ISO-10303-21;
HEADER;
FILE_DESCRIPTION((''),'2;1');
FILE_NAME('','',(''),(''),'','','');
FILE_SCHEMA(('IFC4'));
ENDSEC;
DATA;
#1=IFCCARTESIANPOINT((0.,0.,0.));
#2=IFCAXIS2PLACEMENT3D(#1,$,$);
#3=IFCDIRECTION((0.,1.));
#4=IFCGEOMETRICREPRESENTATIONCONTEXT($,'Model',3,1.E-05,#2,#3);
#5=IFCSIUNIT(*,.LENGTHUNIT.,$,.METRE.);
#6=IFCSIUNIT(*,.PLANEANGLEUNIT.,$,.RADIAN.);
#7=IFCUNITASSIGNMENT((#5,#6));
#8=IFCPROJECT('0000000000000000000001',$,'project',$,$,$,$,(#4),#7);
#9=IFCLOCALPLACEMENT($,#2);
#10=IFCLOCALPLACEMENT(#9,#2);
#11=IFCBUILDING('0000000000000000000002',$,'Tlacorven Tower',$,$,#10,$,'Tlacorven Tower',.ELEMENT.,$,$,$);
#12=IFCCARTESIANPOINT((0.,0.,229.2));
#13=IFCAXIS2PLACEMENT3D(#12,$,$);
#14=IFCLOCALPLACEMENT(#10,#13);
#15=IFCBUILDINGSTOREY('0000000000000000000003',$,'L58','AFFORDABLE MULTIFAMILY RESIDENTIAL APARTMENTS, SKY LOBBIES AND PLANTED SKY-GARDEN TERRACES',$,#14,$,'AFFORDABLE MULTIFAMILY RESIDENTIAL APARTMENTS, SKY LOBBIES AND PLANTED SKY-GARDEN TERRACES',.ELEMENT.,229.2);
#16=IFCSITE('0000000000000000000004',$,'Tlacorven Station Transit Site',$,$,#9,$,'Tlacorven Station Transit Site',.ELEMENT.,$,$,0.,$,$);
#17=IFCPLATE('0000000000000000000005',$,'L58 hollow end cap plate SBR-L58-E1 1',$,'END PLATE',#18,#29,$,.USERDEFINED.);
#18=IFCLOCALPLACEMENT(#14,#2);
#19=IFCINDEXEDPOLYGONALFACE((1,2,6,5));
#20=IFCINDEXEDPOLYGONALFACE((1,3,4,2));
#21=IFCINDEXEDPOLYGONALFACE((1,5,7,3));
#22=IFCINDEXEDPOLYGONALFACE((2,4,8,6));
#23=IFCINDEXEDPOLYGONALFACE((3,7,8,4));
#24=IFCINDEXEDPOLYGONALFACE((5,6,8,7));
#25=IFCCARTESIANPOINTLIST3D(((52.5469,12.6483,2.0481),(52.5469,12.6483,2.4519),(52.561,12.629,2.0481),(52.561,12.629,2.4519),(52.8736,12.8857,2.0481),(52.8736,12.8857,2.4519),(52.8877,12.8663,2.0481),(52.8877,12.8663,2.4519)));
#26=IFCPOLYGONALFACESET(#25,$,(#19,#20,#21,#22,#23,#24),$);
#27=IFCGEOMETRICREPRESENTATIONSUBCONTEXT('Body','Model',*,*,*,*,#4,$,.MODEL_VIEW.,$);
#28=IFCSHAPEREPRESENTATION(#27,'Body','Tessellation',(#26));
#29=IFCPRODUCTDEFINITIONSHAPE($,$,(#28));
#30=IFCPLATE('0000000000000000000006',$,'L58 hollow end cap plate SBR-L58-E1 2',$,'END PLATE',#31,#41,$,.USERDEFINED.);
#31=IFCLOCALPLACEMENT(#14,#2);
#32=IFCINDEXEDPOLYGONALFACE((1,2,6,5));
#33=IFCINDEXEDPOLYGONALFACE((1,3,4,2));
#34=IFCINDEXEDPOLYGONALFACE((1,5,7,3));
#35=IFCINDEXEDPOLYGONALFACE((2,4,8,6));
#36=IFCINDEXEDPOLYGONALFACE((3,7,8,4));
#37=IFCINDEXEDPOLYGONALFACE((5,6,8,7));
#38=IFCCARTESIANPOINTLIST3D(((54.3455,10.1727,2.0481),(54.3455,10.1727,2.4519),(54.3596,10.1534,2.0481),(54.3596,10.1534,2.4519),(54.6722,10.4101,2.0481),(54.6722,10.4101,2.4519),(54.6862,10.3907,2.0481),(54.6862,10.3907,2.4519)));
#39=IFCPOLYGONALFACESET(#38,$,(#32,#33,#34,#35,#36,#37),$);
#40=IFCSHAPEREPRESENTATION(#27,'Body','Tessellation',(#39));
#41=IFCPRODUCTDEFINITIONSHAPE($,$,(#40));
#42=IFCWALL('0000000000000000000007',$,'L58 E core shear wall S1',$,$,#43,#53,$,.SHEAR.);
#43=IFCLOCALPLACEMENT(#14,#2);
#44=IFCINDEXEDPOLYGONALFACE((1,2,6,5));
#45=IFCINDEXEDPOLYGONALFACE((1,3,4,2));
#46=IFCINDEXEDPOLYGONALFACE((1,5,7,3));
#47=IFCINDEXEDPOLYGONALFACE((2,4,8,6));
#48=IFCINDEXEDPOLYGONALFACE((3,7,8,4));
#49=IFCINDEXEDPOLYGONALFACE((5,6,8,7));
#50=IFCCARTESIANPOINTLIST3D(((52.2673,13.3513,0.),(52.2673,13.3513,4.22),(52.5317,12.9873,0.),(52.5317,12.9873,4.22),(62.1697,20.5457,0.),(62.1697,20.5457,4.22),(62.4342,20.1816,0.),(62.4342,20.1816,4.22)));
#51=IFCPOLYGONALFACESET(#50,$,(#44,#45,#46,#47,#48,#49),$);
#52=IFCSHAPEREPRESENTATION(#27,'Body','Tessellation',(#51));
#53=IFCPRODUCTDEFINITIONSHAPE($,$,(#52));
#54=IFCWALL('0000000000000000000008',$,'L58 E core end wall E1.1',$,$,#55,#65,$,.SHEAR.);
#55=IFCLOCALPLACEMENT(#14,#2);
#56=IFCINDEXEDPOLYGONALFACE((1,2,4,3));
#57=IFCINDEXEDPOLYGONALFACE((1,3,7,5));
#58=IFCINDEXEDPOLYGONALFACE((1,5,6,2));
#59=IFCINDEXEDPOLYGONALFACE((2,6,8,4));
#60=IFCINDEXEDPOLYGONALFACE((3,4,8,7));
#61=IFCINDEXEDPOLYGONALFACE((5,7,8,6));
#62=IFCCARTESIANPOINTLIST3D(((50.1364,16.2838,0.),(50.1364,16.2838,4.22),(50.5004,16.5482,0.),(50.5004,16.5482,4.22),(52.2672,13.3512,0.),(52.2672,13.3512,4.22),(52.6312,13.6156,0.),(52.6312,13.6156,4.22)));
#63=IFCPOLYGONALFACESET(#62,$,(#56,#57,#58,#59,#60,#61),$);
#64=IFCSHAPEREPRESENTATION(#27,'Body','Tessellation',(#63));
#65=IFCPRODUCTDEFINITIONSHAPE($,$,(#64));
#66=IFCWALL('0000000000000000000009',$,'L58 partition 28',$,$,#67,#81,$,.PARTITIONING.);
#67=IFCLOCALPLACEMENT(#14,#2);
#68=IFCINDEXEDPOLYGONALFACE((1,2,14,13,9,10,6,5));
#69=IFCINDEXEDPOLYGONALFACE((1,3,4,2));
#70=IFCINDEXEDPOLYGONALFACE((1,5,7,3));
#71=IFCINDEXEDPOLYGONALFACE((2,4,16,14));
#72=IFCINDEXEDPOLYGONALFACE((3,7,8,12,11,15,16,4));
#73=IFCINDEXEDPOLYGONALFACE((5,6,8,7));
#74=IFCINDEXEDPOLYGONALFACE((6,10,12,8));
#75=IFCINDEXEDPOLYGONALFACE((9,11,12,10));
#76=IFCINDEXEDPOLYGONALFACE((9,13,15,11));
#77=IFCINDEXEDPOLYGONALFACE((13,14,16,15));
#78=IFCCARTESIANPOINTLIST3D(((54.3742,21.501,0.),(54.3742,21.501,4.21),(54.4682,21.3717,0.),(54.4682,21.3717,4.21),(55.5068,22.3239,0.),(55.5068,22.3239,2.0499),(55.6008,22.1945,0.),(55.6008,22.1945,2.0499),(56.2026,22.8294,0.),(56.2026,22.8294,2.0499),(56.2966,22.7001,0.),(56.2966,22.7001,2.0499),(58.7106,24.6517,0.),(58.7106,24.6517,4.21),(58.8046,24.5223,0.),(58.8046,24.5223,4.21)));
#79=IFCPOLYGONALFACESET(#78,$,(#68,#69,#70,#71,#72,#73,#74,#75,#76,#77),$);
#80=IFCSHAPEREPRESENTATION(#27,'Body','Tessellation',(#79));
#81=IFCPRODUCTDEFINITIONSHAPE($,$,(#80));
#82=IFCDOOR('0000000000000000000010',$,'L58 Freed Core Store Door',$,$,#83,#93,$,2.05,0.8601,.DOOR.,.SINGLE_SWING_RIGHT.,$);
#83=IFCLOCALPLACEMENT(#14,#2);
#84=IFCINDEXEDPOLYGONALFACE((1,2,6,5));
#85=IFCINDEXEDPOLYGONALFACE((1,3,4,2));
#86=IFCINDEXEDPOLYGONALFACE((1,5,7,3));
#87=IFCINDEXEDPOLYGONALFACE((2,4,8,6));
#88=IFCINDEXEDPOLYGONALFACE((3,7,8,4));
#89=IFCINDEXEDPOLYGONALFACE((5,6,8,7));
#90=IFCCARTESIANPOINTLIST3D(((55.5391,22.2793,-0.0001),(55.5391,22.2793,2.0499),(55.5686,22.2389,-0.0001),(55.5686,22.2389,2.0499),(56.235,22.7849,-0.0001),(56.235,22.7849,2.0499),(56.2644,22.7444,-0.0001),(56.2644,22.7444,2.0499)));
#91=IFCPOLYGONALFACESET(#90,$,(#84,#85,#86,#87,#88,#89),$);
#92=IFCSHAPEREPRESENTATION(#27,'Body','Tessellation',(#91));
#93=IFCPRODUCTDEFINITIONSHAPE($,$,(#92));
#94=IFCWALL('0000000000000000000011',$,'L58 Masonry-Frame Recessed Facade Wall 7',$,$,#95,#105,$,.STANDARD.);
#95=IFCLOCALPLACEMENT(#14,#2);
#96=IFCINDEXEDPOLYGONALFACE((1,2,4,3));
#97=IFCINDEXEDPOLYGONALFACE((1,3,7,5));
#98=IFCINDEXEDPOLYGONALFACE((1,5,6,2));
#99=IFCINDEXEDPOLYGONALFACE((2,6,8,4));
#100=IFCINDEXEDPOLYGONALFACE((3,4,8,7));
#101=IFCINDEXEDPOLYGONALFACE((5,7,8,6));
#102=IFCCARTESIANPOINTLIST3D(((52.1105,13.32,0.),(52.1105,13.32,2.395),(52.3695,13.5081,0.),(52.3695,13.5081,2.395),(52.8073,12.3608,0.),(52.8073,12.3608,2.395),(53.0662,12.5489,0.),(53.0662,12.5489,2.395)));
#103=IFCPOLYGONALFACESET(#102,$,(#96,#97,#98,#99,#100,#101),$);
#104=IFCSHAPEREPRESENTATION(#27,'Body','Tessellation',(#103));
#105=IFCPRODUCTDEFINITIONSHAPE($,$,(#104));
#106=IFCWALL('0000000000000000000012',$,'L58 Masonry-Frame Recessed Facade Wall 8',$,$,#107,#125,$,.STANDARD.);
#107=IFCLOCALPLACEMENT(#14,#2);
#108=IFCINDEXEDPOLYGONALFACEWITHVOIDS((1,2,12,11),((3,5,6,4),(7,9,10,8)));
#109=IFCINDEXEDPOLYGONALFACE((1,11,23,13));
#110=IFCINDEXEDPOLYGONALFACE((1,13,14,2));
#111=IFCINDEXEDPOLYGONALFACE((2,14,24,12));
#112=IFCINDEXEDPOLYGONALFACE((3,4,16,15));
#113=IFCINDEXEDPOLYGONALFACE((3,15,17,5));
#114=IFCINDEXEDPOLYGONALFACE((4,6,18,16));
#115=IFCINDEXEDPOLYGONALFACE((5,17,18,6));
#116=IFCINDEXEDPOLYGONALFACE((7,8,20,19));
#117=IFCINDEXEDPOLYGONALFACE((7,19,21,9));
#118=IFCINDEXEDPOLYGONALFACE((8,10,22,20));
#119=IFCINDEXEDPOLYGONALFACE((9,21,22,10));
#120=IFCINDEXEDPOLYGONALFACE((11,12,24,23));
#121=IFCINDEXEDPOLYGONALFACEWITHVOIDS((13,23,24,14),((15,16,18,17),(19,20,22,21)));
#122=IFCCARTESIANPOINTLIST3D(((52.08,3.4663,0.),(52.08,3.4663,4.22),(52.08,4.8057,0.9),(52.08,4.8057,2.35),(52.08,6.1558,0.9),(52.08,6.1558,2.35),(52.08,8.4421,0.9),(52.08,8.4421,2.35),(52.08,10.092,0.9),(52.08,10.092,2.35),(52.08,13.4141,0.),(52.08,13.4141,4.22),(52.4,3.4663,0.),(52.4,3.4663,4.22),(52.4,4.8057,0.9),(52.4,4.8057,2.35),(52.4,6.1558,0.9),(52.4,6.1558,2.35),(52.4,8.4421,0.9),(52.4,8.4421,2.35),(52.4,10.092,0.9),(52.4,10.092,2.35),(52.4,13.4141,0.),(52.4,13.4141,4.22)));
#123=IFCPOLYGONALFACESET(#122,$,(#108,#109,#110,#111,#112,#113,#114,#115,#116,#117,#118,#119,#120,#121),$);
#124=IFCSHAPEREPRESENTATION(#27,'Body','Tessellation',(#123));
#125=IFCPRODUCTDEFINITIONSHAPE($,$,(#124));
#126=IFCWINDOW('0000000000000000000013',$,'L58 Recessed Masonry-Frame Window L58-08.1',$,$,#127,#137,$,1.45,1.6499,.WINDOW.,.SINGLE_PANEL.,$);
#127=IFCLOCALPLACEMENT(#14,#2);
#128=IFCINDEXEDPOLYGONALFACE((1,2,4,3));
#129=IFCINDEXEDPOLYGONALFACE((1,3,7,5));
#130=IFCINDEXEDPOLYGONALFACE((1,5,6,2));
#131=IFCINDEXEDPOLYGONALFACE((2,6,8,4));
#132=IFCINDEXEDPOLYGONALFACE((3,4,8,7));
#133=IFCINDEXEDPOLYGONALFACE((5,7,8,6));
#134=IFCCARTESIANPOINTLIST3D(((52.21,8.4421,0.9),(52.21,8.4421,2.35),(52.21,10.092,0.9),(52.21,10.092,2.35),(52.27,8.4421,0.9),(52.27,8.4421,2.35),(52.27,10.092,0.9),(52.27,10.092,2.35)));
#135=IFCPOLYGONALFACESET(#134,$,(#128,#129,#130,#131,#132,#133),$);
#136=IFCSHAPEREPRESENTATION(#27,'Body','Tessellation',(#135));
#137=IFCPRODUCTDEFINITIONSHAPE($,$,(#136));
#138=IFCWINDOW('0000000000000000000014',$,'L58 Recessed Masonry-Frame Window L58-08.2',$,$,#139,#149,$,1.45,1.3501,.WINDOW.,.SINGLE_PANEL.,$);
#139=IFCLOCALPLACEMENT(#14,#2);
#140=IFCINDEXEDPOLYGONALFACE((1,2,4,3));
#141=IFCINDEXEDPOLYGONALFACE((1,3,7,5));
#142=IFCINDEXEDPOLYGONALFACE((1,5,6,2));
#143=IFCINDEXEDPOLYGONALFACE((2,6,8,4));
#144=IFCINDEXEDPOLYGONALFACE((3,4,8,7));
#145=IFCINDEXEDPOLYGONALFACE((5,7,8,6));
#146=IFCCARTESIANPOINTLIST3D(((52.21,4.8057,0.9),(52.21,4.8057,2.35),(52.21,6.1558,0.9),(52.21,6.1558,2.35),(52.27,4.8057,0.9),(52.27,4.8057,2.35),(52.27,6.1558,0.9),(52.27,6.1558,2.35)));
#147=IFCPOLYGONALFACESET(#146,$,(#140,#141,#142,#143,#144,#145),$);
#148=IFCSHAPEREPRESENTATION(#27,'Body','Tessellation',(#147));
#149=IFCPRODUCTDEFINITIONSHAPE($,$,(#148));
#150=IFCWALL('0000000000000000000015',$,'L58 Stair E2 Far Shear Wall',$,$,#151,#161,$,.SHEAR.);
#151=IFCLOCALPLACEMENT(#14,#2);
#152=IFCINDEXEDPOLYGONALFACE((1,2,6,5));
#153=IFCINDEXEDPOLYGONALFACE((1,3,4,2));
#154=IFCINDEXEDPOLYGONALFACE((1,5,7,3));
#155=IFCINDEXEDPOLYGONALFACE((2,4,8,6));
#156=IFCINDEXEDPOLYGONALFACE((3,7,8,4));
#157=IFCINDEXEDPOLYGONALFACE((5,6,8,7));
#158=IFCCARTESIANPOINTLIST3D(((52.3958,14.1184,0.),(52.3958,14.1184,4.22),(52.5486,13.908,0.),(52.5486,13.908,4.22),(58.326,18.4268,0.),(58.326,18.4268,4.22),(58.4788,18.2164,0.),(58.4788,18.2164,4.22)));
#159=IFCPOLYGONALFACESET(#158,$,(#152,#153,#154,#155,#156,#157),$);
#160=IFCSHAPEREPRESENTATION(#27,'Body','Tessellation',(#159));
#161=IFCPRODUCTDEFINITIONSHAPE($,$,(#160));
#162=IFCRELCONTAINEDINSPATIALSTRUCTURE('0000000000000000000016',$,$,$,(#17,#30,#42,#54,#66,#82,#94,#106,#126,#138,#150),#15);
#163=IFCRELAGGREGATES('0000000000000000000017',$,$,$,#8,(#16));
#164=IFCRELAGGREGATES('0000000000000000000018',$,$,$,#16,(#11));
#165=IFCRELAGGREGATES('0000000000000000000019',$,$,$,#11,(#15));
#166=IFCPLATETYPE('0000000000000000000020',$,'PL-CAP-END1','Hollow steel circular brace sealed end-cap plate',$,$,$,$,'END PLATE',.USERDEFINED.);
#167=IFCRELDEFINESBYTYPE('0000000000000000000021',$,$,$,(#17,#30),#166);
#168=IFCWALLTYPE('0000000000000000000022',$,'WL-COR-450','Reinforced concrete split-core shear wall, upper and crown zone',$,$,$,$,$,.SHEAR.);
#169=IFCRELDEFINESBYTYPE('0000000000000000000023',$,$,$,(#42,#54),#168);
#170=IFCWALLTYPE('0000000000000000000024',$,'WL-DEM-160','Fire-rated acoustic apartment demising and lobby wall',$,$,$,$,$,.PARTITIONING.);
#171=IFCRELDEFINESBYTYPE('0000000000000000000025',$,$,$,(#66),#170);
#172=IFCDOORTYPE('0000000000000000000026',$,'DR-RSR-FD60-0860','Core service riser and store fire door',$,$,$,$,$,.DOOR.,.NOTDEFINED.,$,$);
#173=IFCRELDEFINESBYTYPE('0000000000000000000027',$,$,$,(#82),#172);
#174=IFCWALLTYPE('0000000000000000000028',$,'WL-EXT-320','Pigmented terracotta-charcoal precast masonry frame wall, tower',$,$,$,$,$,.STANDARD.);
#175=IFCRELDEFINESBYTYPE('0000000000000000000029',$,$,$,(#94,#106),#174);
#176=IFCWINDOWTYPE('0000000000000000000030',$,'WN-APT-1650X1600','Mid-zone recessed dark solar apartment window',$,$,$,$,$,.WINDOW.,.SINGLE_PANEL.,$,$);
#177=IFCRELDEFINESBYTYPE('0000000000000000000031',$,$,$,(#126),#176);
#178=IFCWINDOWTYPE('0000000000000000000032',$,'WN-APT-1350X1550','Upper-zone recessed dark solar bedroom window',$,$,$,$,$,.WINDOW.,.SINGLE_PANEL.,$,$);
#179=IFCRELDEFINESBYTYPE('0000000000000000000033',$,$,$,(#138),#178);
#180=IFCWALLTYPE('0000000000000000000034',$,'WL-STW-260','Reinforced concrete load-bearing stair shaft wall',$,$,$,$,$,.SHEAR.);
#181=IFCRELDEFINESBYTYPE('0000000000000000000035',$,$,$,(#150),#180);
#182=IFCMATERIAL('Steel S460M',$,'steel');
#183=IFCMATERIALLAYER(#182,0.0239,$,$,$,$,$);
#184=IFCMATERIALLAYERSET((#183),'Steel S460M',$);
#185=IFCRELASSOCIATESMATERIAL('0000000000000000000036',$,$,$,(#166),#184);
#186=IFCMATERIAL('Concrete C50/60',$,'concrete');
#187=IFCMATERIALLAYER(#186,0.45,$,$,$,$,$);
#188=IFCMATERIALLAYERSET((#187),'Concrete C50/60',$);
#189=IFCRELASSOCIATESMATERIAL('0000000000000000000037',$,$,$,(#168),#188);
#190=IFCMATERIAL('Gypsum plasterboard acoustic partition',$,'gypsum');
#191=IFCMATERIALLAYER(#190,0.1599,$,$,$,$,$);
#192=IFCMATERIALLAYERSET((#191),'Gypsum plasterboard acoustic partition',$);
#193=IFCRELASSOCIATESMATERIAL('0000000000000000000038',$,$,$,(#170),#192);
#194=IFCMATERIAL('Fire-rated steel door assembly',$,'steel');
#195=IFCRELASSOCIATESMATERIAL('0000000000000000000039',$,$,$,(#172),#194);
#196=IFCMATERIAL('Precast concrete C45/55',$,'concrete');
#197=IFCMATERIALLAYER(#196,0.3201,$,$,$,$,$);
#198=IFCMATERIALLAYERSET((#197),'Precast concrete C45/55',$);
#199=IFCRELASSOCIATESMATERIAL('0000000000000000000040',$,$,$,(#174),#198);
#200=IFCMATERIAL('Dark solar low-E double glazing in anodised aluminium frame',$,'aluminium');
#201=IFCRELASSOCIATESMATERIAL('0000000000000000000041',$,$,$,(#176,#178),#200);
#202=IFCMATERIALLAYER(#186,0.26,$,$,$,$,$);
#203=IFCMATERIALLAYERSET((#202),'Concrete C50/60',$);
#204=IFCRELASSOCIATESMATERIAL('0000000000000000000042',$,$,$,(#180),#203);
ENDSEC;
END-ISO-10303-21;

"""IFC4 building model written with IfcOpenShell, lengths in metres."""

from ifc_helpers import new_model, si_unit, direction, frame, frame_2d, origin, origin_2d, place, context, subcontext, project, spatial, rectangle, extrude, source, transform, mapped, material, layer, layer_set, type_object, element, fill, save


model = new_model("IFC4")

# Units and contexts
model_context = context("Model", 3, precision=1e-05, world=origin(), true_north=direction((0.0, 1.0)))
body_context = subcontext(model_context, "Body", "Model", "MODEL_VIEW")
ifc_project = project(units=[si_unit("LENGTHUNIT", "METRE"), si_unit("PLANEANGLEUNIT", "RADIAN")], contexts=[model_context])

# Site, building, storey
site_placement = place(None, origin())
site = spatial("IfcSite", under=ifc_project, at=site_placement, Name="Tlacorven Station Transit Site", LongName="Tlacorven Station Transit Site", CompositionType="ELEMENT", RefElevation=0.0)
building_placement = place(site_placement, origin())
building = spatial("IfcBuilding", under=site, at=building_placement, Name="Tlacorven Tower", LongName="Tlacorven Tower", CompositionType="ELEMENT")
storey_placement = place(building_placement, frame((0.0, 0.0, 229.2)))
storey = spatial("IfcBuildingStorey", under=building, at=storey_placement, Name="L58", Description="AFFORDABLE MULTIFAMILY RESIDENTIAL APARTMENTS, SKY LOBBIES AND PLANTED SKY-GARDEN TERRACES", LongName="AFFORDABLE MULTIFAMILY RESIDENTIAL APARTMENTS, SKY LOBBIES AND PLANTED SKY-GARDEN TERRACES", CompositionType="ELEMENT", Elevation=229.2)

# Shared definitions
ifc_material_1 = material(Name="Steel S460M", Category="steel")

# Plates
ifc_layer_1 = layer(ifc_material_1, 0.0239)
ifc_layer_set_1 = layer_set([ifc_layer_1], Name="Steel S460M")
plate_type_1 = type_object("IfcPlateType", Name="PL-CAP-END1", Description="Hollow steel circular brace sealed end-cap plate", ElementType="END PLATE", PredefinedType="USERDEFINED", material=ifc_layer_set_1)
shared_shape_1 = source(origin(), body_context, "Body", "SweptSolid", [
    extrude(rectangle(XDim=0.0239, YDim=0.4038, at=origin_2d()), origin(), (0.0, 0.0, 1.0), 0.4038),
])
for number, where, z_axis, x_axis, name in (
    (1, (52.7173, 12.7573, 2.0481), (0.0, 0.0, 1.0), (0.587784, -0.809018, 0.0), "L58 hollow end cap plate SBR-L58-E1 1"),
    (2, (54.5159, 10.2817, 2.0481), (0.0, 0.0, 1.0), (0.587784, -0.809018, 0.0), "L58 hollow end cap plate SBR-L58-E1 2"),
):
    element("IfcPlate", number, at=place(storey_placement, frame(where, z_axis=z_axis, x_axis=x_axis)), inside=storey, type_object=plate_type_1, Name=name, ObjectType="END PLATE", PredefinedType="USERDEFINED", context=body_context, shape_type="MappedRepresentation", body=[
        mapped(shared_shape_1, transform((0.0, 0.0, 0.0), scale=1.0)),
    ])

# Walls
ifc_material_2 = material(Name="Concrete C50/60", Category="concrete")
ifc_layer_2 = layer(ifc_material_2, 0.45)
ifc_layer_set_2 = layer_set([ifc_layer_2], Name="Concrete C50/60")
wall_type_1 = type_object("IfcWallType", Name="WL-COR-450", Description="Reinforced concrete split-core shear wall, upper and crown zone", PredefinedType="SHEAR", material=ifc_layer_set_2)
wall_1_placement = place(storey_placement, frame((52.3994, 13.1692, 0.0), z_axis=(0.0, 0.0, 1.0), x_axis=(0.809022, 0.587778, 0.0)))
element("IfcWall", 3, at=wall_1_placement, inside=storey, type_object=wall_type_1, Name="L58 E core shear wall S1", PredefinedType="SHEAR", context=body_context, shape_type="SweptSolid", body=[
    extrude(rectangle(XDim=12.24, YDim=0.45, at=frame_2d((6.1201, 0.0))), origin(), (0.0, 0.0, 1.0), 4.22),
])
wall_2_placement = place(storey_placement, frame((52.4492, 13.4834, 0.0), z_axis=(0.0, 0.0, 1.0), x_axis=(-0.587819, 0.808992, 0.0)))
element("IfcWall", 4, at=wall_2_placement, inside=storey, type_object=wall_type_1, Name="L58 E core end wall E1.1", PredefinedType="SHEAR", context=body_context, shape_type="SweptSolid", body=[
    extrude(rectangle(XDim=3.625, YDim=0.45, at=frame_2d((1.8125, 0.0))), origin(), (0.0, 0.0, 1.0), 4.22),
])

# Wall, opening, door
ifc_material_3 = material(Name="Gypsum plasterboard acoustic partition", Category="gypsum")
ifc_layer_3 = layer(ifc_material_3, 0.1599)
ifc_layer_set_3 = layer_set([ifc_layer_3], Name="Gypsum plasterboard acoustic partition")
wall_type_2 = type_object("IfcWallType", Name="WL-DEM-160", Description="Fire-rated acoustic apartment demising and lobby wall", PredefinedType="PARTITIONING", material=ifc_layer_set_3)
wall_3_placement = place(storey_placement, frame((54.4211, 21.4363, 0.0), z_axis=(0.0, 0.0, 1.0), x_axis=(0.809014, 0.58779, 0.0)))
wall_3 = element("IfcWall", 5, at=wall_3_placement, inside=storey, type_object=wall_type_2, Name="L58 partition 28", PredefinedType="PARTITIONING", context=body_context, shape_type="SweptSolid", body=[
    extrude(rectangle(XDim=5.3601, YDim=0.1599, at=frame_2d((2.6802, 0.0))), origin(), (0.0, 0.0, 1.0), 4.21),
])
opening_1_placement = place(wall_3_placement, frame((1.3999, 0.0, 0.0)))
opening_1 = element("IfcOpeningElement", 6, at=opening_1_placement, cuts=wall_3, PredefinedType="OPENING", context=body_context, shape_type="SweptSolid", body=[
    extrude(rectangle(XDim=0.8601, YDim=2.05, at=frame_2d((0.4302, 1.0249))), frame((0.0, 0.0898, 0.0), z_axis=(0.0, -1.0, 0.0), x_axis=(1.0, 0.0, 0.0)), (0.0, 0.0, 1.0), 0.1799),
])
ifc_material_4 = material(Name="Fire-rated steel door assembly", Category="steel")
door_type = type_object("IfcDoorType", Name="DR-RSR-FD60-0860", Description="Core service riser and store fire door", OperationType="NOTDEFINED", PredefinedType="DOOR", material=ifc_material_4)
shared_shape_2 = source(origin(), body_context, "Body", "SweptSolid", [
    extrude(rectangle(XDim=0.8601, YDim=2.05, at=frame_2d((0.4302, 1.0249))), frame((0.0, 0.0249, 0.0), z_axis=(0.0, -1.0, 0.0), x_axis=(1.0, 0.0, 0.0)), (0.0, 0.0, 1.0), 0.05),
])
door_placement = place(opening_1_placement, origin())
door = element("IfcDoor", 7, at=door_placement, inside=storey, type_object=door_type, Name="L58 Freed Core Store Door", OperationType="SINGLE_SWING_RIGHT", OverallHeight=2.05, OverallWidth=0.8601, PredefinedType="DOOR", context=body_context, shape_type="MappedRepresentation", body=[
    mapped(shared_shape_2, transform((0.0, 0.0, 0.0), scale=1.0)),
])
fill(opening_1, door)

# Wall
ifc_material_5 = material(Name="Precast concrete C45/55", Category="concrete")
ifc_layer_4 = layer(ifc_material_5, 0.3201)
ifc_layer_set_4 = layer_set([ifc_layer_4], Name="Precast concrete C45/55")
wall_type_3 = type_object("IfcWallType", Name="WL-EXT-320", Description="Pigmented terracotta-charcoal precast masonry frame wall, tower", PredefinedType="STANDARD", material=ifc_layer_set_4)
wall_4_placement = place(storey_placement, frame((52.9368, 12.4548, 0.0), z_axis=(0.0, 0.0, 1.0), x_axis=(-0.587706, 0.809074, 0.0)))
element("IfcWall", 8, at=wall_4_placement, inside=storey, type_object=wall_type_3, Name="L58 Masonry-Frame Recessed Facade Wall 7", PredefinedType="STANDARD", context=body_context, shape_type="SweptSolid", body=[
    extrude(rectangle(XDim=1.1855, YDim=0.3201, at=frame_2d((0.5928, 0.0))), origin(), (0.0, 0.0, 1.0), 2.395),
])

# Wall, openings, windows
wall_5_placement = place(storey_placement, frame((52.24, 13.4141, 0.0), z_axis=(0.0, 0.0, 1.0), x_axis=(0.0, -1.0, 0.0)))
wall_5 = element("IfcWall", 9, at=wall_5_placement, inside=storey, type_object=wall_type_3, Name="L58 Masonry-Frame Recessed Facade Wall 8", PredefinedType="STANDARD", context=body_context, shape_type="SweptSolid", body=[
    extrude(rectangle(XDim=9.9478, YDim=0.3201, at=frame_2d((4.9739, 0.0))), origin(), (0.0, 0.0, 1.0), 4.22),
])
opening_2_placement = place(wall_5_placement, frame((3.322, 0.0, 0.8999)))
opening_2 = element("IfcOpeningElement", 10, at=opening_2_placement, cuts=wall_5, PredefinedType="OPENING", context=body_context, shape_type="SweptSolid", body=[
    extrude(rectangle(XDim=1.6499, YDim=1.45, at=frame_2d((0.825, 0.7251))), frame((0.0, 0.1699, 0.0), z_axis=(0.0, -1.0, 0.0), x_axis=(1.0, 0.0, 0.0)), (0.0, 0.0, 1.0), 0.3401),
])
opening_3_placement = place(wall_5_placement, frame((7.2583, 0.0, 0.8999)))
opening_3 = element("IfcOpeningElement", 11, at=opening_3_placement, cuts=wall_5, PredefinedType="OPENING", context=body_context, shape_type="SweptSolid", body=[
    extrude(rectangle(XDim=1.3501, YDim=1.45, at=frame_2d((0.675, 0.7251))), frame((0.0, 0.1699, 0.0), z_axis=(0.0, -1.0, 0.0), x_axis=(1.0, 0.0, 0.0)), (0.0, 0.0, 1.0), 0.3401),
])
ifc_material_6 = material(Name="Dark solar low-E double glazing in anodised aluminium frame", Category="aluminium")
window_type_1 = type_object("IfcWindowType", Name="WN-APT-1650X1600", Description="Mid-zone recessed dark solar apartment window", PartitioningType="SINGLE_PANEL", PredefinedType="WINDOW", material=ifc_material_6)
shared_shape_3 = source(origin(), body_context, "Body", "SweptSolid", [
    extrude(rectangle(XDim=1.6499, YDim=1.45, at=frame_2d((0.825, 0.7251))), frame((0.0, 0.03, 0.0), z_axis=(0.0, -1.0, 0.0), x_axis=(1.0, 0.0, 0.0)), (0.0, 0.0, 1.0), 0.0601),
])
window_1_placement = place(opening_2_placement, origin())
window_1 = element("IfcWindow", 12, at=window_1_placement, inside=storey, type_object=window_type_1, Name="L58 Recessed Masonry-Frame Window L58-08.1", OverallHeight=1.45, OverallWidth=1.6499, PartitioningType="SINGLE_PANEL", PredefinedType="WINDOW", context=body_context, shape_type="MappedRepresentation", body=[
    mapped(shared_shape_3, transform((0.0, 0.0, 0.0), scale=1.0)),
])
fill(opening_2, window_1)
window_type_2 = type_object("IfcWindowType", Name="WN-APT-1350X1550", Description="Upper-zone recessed dark solar bedroom window", PartitioningType="SINGLE_PANEL", PredefinedType="WINDOW", material=ifc_material_6)
shared_shape_4 = source(origin(), body_context, "Body", "SweptSolid", [
    extrude(rectangle(XDim=1.3501, YDim=1.45, at=frame_2d((0.675, 0.7251))), frame((0.0, 0.03, 0.0), z_axis=(0.0, -1.0, 0.0), x_axis=(1.0, 0.0, 0.0)), (0.0, 0.0, 1.0), 0.0601),
])
window_2_placement = place(opening_3_placement, origin())
window_2 = element("IfcWindow", 13, at=window_2_placement, inside=storey, type_object=window_type_2, Name="L58 Recessed Masonry-Frame Window L58-08.2", OverallHeight=1.45, OverallWidth=1.3501, PartitioningType="SINGLE_PANEL", PredefinedType="WINDOW", context=body_context, shape_type="MappedRepresentation", body=[
    mapped(shared_shape_4, transform((0.0, 0.0, 0.0), scale=1.0)),
])
fill(opening_3, window_2)

# Wall
ifc_layer_5 = layer(ifc_material_2, 0.26)
ifc_layer_set_5 = layer_set([ifc_layer_5], Name="Concrete C50/60")
wall_type_4 = type_object("IfcWallType", Name="WL-STW-260", Description="Reinforced concrete load-bearing stair shaft wall", PredefinedType="SHEAR", material=ifc_layer_set_5)
wall_6_placement = place(storey_placement, frame((52.4722, 14.0132, 0.0), z_axis=(0.0, 0.0, 1.0), x_axis=(0.809028, 0.58777, 0.0)))
element("IfcWall", 14, at=wall_6_placement, inside=storey, type_object=wall_type_4, Name="L58 Stair E2 Far Shear Wall", PredefinedType="SHEAR", context=body_context, shape_type="SweptSolid", body=[
    extrude(rectangle(XDim=7.3301, YDim=0.26, at=frame_2d((3.665, 0.0))), origin(), (0.0, 0.0, 1.0), 4.22),
])

save(model, "model.ifc")
